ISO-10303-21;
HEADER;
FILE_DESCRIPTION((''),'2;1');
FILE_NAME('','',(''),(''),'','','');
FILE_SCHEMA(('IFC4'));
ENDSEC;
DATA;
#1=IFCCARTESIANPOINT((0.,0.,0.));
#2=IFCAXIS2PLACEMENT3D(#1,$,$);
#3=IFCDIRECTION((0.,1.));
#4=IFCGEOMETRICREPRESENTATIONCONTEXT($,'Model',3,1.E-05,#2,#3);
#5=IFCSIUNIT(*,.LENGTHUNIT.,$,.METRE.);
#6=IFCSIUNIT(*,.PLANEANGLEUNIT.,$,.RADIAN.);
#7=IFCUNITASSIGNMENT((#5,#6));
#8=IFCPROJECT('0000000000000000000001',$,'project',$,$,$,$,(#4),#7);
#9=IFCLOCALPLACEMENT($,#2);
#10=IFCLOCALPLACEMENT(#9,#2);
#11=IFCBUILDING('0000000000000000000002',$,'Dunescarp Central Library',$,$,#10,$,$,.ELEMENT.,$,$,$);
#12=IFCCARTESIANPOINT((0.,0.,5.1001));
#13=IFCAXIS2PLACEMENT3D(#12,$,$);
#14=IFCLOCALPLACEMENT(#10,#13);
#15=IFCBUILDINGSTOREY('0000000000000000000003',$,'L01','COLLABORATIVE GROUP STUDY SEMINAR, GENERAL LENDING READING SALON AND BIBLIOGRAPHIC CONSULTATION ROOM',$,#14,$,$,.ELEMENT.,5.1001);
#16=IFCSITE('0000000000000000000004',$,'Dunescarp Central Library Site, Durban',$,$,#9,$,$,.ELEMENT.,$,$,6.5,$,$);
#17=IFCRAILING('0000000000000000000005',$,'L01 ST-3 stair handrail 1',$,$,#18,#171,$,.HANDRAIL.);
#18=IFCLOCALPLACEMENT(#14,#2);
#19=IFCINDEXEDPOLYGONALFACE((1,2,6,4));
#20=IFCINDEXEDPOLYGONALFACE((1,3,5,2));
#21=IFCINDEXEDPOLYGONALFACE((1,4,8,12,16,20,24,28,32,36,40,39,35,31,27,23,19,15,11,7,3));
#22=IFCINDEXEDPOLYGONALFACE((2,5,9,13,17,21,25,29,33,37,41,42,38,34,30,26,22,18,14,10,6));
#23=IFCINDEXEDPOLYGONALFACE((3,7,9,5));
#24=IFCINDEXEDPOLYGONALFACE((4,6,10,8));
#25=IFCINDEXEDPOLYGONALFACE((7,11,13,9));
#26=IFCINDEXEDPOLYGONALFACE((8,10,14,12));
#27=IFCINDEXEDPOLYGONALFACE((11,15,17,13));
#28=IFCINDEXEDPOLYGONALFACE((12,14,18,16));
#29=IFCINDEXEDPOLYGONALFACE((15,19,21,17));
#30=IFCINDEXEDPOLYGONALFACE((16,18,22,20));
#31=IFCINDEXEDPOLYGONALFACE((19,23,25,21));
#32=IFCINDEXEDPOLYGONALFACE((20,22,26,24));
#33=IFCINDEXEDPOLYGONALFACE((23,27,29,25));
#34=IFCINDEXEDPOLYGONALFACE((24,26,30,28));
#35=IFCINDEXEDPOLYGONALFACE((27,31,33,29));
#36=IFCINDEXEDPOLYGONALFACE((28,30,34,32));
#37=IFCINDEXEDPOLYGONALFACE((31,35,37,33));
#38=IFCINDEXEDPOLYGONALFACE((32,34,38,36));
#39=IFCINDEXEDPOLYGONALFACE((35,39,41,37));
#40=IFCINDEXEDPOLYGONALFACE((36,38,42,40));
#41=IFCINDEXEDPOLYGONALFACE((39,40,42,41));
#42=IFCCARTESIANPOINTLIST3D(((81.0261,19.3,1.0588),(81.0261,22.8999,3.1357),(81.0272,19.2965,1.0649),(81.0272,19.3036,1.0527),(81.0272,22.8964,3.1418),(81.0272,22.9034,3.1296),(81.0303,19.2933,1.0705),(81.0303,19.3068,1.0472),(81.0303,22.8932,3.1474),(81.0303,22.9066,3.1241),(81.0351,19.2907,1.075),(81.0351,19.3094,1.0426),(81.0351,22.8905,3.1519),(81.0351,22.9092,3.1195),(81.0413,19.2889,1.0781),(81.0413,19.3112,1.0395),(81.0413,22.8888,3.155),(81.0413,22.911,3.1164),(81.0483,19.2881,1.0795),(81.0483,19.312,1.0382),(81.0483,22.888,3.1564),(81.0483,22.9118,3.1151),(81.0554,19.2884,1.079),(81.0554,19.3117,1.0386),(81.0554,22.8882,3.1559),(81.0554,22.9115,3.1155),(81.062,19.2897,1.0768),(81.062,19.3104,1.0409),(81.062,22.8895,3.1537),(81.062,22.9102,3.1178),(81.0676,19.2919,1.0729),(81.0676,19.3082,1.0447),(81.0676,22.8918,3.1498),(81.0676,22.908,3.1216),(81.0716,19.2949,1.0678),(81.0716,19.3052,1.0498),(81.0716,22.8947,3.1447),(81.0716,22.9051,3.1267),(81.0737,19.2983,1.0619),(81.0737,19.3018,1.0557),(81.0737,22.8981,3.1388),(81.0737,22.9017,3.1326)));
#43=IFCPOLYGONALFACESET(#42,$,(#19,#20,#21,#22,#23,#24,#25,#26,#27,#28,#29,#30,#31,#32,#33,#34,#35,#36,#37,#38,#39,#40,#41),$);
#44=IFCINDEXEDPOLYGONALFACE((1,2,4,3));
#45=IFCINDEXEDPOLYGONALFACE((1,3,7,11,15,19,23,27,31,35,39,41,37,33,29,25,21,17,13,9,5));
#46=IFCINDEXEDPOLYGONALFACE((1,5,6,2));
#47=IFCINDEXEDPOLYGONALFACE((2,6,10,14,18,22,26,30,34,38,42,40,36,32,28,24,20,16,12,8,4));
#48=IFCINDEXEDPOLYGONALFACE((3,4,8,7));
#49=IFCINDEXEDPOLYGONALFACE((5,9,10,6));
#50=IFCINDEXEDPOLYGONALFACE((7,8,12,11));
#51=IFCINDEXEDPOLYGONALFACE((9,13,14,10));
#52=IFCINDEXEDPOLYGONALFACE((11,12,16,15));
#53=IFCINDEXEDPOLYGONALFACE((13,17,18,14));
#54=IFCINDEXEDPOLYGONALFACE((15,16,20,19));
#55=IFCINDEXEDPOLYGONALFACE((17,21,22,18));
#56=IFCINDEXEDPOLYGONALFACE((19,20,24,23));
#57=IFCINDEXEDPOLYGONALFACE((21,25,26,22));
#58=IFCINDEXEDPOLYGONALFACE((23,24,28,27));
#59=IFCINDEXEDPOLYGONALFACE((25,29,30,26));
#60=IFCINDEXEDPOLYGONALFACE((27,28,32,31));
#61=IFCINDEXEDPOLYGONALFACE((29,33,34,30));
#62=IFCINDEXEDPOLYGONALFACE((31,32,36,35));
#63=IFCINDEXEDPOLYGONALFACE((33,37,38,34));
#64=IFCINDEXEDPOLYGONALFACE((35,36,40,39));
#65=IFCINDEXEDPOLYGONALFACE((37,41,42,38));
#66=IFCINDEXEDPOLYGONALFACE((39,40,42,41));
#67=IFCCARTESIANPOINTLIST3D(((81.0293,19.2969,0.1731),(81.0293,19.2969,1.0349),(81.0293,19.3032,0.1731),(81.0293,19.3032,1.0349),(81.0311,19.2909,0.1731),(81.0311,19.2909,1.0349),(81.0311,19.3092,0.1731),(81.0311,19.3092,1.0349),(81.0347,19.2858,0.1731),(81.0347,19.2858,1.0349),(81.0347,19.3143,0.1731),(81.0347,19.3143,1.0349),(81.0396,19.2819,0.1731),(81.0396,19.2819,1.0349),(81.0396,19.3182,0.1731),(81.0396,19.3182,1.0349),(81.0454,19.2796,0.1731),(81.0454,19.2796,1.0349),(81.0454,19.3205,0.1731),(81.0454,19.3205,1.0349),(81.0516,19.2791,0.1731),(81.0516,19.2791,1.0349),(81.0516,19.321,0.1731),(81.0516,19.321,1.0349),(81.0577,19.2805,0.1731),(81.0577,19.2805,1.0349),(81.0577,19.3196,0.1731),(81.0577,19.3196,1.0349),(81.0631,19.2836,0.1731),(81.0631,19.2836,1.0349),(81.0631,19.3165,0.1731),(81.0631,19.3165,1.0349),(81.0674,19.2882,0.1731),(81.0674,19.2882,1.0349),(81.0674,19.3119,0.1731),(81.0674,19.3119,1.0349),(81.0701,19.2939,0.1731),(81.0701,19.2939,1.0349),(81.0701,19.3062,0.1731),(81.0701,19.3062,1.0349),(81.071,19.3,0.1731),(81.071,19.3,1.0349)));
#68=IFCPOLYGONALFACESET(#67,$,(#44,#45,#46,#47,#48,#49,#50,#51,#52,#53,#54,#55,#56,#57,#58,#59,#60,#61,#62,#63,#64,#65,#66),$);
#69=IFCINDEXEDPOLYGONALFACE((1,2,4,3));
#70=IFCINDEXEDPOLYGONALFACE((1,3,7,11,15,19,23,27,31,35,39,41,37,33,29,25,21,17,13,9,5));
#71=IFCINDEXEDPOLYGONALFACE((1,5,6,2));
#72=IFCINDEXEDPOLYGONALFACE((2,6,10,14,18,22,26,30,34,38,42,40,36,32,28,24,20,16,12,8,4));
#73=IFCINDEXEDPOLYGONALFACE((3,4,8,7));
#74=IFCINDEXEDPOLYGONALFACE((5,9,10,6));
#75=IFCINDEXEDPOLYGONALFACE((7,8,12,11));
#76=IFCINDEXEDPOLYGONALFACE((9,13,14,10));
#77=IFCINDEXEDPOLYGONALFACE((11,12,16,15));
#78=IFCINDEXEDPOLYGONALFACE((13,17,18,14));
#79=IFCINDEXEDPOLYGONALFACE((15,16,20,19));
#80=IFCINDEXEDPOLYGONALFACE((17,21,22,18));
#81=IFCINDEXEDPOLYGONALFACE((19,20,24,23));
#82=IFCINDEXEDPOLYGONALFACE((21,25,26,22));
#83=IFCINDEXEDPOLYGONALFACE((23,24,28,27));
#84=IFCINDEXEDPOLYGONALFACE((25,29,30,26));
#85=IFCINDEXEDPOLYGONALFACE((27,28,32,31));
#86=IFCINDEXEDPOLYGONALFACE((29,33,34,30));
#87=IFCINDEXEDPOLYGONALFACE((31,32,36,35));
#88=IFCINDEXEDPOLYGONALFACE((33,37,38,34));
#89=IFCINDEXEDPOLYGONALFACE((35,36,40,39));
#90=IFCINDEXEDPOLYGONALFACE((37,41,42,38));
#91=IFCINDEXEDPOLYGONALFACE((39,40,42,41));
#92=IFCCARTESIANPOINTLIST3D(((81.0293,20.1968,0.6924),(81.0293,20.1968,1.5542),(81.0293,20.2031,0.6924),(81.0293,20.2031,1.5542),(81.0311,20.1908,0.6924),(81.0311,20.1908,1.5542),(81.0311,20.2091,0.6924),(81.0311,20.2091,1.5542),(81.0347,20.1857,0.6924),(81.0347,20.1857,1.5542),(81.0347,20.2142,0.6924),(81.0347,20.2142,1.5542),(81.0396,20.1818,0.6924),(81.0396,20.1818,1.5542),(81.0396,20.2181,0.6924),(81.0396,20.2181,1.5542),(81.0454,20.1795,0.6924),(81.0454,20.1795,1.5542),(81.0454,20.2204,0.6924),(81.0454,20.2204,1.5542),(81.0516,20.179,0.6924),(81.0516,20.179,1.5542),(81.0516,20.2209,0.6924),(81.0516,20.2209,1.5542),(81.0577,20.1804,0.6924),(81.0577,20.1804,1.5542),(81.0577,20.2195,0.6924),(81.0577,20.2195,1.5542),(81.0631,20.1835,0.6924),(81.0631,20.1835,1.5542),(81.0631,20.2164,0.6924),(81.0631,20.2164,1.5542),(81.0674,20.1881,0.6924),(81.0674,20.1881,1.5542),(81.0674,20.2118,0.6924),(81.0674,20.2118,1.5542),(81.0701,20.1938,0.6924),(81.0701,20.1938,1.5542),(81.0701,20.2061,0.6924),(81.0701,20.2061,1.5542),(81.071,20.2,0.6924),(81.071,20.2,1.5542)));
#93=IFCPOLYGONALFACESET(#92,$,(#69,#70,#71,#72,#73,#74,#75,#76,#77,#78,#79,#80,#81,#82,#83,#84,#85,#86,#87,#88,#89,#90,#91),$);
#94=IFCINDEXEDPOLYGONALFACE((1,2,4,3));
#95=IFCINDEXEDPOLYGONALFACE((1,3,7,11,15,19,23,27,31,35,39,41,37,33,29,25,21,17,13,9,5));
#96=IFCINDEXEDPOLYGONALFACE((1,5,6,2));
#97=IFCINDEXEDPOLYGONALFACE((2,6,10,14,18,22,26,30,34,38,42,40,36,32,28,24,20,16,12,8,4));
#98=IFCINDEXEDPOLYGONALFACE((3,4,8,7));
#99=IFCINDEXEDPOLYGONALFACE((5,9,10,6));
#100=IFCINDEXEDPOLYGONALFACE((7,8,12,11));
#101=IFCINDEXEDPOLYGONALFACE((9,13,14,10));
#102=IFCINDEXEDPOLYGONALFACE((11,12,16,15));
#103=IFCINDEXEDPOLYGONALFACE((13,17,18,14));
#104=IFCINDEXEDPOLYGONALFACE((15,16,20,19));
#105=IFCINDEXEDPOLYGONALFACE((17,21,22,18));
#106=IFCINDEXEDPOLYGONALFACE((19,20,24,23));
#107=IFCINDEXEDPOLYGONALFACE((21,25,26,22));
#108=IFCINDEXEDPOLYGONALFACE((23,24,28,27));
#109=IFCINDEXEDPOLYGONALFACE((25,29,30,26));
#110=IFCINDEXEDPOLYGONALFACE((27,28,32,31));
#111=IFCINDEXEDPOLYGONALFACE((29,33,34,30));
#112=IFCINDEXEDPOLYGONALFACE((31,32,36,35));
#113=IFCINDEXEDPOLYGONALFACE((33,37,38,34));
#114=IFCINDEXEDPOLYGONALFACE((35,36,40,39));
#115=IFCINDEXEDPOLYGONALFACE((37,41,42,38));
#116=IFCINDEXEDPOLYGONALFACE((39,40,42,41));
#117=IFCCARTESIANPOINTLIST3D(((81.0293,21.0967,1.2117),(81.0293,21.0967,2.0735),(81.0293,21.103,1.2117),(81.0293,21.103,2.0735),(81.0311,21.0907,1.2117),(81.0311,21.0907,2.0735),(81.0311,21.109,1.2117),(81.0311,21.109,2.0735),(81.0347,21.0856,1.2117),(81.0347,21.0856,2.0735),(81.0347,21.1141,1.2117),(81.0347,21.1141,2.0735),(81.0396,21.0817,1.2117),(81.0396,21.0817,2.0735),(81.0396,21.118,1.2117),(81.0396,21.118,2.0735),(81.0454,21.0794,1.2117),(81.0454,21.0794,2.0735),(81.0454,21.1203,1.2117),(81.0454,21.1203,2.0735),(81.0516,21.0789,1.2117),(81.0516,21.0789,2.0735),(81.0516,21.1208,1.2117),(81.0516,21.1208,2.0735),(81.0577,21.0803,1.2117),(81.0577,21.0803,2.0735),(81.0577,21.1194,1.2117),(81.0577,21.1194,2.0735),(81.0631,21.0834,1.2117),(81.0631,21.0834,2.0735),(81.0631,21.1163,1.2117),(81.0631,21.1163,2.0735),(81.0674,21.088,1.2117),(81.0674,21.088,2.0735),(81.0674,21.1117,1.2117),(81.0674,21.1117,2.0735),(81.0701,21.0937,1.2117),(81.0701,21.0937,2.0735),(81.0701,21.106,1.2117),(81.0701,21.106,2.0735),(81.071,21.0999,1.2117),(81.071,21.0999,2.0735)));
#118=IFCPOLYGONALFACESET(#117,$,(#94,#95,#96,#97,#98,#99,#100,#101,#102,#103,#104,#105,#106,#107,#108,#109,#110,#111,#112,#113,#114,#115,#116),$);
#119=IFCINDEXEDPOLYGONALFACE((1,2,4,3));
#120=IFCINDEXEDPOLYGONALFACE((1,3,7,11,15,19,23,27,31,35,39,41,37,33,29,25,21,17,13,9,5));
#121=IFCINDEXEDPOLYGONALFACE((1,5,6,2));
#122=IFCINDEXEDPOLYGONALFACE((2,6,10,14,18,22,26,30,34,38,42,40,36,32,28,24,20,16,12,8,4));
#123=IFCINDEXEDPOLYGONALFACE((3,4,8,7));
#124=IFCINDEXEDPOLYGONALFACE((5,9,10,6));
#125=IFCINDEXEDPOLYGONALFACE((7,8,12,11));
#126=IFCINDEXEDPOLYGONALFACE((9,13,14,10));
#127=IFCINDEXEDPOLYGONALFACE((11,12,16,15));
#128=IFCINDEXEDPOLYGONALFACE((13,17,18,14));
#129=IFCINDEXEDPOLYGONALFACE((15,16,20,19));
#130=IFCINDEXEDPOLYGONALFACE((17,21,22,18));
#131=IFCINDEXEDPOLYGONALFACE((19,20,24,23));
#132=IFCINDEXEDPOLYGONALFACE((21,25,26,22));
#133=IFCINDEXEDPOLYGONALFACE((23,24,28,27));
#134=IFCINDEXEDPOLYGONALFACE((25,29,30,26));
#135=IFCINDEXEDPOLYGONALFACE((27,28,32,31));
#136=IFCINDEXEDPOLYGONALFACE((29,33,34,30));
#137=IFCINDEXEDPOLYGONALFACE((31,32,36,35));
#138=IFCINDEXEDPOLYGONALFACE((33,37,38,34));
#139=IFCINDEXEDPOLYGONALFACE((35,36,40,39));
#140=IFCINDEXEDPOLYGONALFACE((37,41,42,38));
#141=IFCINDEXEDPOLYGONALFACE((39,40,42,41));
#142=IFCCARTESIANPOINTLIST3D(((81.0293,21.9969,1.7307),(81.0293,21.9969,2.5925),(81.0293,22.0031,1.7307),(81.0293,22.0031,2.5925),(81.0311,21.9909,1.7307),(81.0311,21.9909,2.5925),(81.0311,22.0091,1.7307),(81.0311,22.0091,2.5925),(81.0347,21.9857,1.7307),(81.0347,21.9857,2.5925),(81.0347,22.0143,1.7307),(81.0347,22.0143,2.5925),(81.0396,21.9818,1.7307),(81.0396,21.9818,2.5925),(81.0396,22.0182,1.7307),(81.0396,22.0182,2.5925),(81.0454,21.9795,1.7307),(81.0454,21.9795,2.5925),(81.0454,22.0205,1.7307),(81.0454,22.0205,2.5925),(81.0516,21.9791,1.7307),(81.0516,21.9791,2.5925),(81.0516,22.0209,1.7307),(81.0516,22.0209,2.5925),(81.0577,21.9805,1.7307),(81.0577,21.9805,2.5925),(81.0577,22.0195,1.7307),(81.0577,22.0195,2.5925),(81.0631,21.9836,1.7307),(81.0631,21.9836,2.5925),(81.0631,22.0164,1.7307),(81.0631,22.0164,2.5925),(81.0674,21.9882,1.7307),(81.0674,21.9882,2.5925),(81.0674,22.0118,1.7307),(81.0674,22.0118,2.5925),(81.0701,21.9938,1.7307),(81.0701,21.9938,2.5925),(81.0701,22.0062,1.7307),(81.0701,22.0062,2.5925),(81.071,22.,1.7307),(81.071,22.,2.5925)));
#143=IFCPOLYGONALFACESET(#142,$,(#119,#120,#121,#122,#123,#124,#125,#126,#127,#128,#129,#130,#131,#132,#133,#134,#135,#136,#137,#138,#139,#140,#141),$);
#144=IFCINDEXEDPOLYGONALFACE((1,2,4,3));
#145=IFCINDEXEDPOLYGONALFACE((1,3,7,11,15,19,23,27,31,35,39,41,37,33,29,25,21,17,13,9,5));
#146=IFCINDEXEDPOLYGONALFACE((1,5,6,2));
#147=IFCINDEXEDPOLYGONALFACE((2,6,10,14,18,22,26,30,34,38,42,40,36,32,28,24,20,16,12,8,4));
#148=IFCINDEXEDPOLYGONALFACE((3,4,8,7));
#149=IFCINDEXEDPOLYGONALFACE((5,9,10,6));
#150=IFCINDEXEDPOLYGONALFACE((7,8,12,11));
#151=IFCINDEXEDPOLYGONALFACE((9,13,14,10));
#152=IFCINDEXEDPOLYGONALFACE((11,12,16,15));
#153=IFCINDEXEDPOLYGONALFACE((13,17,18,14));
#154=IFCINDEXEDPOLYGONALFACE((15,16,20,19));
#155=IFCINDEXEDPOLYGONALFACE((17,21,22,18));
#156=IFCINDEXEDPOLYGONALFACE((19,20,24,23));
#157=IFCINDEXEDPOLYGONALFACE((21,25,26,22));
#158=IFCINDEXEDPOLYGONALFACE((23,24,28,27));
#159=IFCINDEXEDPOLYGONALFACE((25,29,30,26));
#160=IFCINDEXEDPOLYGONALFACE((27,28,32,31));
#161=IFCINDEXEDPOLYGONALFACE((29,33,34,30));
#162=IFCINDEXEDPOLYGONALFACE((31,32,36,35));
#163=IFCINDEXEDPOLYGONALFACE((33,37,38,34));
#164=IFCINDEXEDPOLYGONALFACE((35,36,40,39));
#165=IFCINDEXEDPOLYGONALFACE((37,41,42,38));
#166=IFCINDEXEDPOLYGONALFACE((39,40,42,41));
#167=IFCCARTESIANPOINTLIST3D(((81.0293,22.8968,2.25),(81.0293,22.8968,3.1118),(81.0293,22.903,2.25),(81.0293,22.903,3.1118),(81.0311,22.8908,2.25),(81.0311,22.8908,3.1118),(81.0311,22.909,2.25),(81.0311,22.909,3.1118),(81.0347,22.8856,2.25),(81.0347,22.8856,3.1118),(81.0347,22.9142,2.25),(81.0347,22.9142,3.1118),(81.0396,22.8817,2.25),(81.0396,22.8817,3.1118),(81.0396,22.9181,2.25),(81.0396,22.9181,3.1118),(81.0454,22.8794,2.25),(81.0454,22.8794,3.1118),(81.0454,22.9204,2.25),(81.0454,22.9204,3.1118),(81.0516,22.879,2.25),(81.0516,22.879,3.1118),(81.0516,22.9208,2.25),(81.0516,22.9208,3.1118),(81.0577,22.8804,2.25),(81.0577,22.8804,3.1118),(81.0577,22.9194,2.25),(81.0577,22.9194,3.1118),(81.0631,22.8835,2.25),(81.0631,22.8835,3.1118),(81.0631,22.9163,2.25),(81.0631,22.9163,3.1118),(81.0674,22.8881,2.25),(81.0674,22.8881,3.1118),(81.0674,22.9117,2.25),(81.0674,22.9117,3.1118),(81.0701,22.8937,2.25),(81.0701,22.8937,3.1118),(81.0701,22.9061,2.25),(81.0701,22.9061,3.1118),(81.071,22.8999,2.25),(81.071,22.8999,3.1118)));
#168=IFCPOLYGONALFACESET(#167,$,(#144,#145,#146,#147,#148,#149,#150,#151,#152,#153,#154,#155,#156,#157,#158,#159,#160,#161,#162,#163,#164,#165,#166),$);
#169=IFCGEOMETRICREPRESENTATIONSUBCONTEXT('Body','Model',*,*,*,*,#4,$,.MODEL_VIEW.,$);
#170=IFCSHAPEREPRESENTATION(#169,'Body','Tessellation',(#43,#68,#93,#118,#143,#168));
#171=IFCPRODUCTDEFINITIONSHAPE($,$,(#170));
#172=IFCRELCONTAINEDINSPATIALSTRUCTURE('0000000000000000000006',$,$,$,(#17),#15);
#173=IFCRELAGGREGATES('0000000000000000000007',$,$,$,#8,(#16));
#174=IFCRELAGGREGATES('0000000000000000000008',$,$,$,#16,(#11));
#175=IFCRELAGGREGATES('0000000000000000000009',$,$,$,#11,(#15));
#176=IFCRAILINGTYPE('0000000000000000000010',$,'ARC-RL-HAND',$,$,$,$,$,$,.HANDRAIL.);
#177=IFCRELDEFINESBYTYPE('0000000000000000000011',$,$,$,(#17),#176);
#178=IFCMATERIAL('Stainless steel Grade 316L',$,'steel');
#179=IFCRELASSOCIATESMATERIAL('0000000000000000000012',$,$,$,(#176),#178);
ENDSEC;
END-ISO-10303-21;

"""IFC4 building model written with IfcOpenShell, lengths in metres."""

from ifc_helpers import new_model, si_unit, direction, frame, origin, origin_2d, place, context, subcontext, project, spatial, circle, extrude, material, type_object, element, save


model = new_model("IFC4")

# Units and contexts
model_context = context("Model", 3, precision=1e-05, world=origin(), true_north=direction((0.0, 1.0)))
body_context = subcontext(model_context, "Body", "Model", "MODEL_VIEW")
ifc_project = project(units=[si_unit("LENGTHUNIT", "METRE"), si_unit("PLANEANGLEUNIT", "RADIAN")], contexts=[model_context])

# Site, building, storey
site_placement = place(None, origin())
site = spatial("IfcSite", under=ifc_project, at=site_placement, Name="Dunescarp Central Library Site, Durban", CompositionType="ELEMENT", RefElevation=6.5)
building_placement = place(site_placement, origin())
building = spatial("IfcBuilding", under=site, at=building_placement, Name="Dunescarp Central Library", CompositionType="ELEMENT")
storey_placement = place(building_placement, frame((0.0, 0.0, 5.1001)))
storey = spatial("IfcBuildingStorey", under=building, at=storey_placement, Name="L01", Description="COLLABORATIVE GROUP STUDY SEMINAR, GENERAL LENDING READING SALON AND BIBLIOGRAPHIC CONSULTATION ROOM", CompositionType="ELEMENT", Elevation=5.1001)

# Railing
ifc_material_1 = material(Name="Stainless steel Grade 316L", Category="steel")
railing_type_1 = type_object("IfcRailingType", Name="ARC-RL-HAND", PredefinedType="HANDRAIL", material=ifc_material_1)
railing_1_placement = place(storey_placement, frame((81.05, 19.3, 0.1731)))
element("IfcRailing", 1, at=railing_1_placement, inside=storey, type_object=railing_type_1, Name="L01 ST-3 stair handrail 1", PredefinedType="HANDRAIL", context=body_context, shape_type="SweptSolid", body=[
    extrude(circle(Radius=0.0239, at=origin_2d()), frame((0.0, 0.0, 0.8857), z_axis=(0.0, 0.866179, 0.499734), x_axis=(-1.0, 0.0, 0.0)), (0.0, 0.0, 1.0), 4.156),
    extrude(circle(Radius=0.021, at=origin_2d()), origin(), (0.0, 0.0, 1.0), 0.8618),
    extrude(circle(Radius=0.021, at=origin_2d()), frame((0.0, 0.8999, 0.5193)), (0.0, 0.0, 1.0), 0.8618),
    extrude(circle(Radius=0.021, at=origin_2d()), frame((0.0, 1.7998, 1.0386)), (0.0, 0.0, 1.0), 0.8618),
    extrude(circle(Radius=0.021, at=origin_2d()), frame((0.0, 2.7, 1.5576)), (0.0, 0.0, 1.0), 0.8618),
    extrude(circle(Radius=0.021, at=origin_2d()), frame((0.0, 3.5999, 2.0769)), (0.0, 0.0, 1.0), 0.8618),
])

save(model, "model.ifc")
